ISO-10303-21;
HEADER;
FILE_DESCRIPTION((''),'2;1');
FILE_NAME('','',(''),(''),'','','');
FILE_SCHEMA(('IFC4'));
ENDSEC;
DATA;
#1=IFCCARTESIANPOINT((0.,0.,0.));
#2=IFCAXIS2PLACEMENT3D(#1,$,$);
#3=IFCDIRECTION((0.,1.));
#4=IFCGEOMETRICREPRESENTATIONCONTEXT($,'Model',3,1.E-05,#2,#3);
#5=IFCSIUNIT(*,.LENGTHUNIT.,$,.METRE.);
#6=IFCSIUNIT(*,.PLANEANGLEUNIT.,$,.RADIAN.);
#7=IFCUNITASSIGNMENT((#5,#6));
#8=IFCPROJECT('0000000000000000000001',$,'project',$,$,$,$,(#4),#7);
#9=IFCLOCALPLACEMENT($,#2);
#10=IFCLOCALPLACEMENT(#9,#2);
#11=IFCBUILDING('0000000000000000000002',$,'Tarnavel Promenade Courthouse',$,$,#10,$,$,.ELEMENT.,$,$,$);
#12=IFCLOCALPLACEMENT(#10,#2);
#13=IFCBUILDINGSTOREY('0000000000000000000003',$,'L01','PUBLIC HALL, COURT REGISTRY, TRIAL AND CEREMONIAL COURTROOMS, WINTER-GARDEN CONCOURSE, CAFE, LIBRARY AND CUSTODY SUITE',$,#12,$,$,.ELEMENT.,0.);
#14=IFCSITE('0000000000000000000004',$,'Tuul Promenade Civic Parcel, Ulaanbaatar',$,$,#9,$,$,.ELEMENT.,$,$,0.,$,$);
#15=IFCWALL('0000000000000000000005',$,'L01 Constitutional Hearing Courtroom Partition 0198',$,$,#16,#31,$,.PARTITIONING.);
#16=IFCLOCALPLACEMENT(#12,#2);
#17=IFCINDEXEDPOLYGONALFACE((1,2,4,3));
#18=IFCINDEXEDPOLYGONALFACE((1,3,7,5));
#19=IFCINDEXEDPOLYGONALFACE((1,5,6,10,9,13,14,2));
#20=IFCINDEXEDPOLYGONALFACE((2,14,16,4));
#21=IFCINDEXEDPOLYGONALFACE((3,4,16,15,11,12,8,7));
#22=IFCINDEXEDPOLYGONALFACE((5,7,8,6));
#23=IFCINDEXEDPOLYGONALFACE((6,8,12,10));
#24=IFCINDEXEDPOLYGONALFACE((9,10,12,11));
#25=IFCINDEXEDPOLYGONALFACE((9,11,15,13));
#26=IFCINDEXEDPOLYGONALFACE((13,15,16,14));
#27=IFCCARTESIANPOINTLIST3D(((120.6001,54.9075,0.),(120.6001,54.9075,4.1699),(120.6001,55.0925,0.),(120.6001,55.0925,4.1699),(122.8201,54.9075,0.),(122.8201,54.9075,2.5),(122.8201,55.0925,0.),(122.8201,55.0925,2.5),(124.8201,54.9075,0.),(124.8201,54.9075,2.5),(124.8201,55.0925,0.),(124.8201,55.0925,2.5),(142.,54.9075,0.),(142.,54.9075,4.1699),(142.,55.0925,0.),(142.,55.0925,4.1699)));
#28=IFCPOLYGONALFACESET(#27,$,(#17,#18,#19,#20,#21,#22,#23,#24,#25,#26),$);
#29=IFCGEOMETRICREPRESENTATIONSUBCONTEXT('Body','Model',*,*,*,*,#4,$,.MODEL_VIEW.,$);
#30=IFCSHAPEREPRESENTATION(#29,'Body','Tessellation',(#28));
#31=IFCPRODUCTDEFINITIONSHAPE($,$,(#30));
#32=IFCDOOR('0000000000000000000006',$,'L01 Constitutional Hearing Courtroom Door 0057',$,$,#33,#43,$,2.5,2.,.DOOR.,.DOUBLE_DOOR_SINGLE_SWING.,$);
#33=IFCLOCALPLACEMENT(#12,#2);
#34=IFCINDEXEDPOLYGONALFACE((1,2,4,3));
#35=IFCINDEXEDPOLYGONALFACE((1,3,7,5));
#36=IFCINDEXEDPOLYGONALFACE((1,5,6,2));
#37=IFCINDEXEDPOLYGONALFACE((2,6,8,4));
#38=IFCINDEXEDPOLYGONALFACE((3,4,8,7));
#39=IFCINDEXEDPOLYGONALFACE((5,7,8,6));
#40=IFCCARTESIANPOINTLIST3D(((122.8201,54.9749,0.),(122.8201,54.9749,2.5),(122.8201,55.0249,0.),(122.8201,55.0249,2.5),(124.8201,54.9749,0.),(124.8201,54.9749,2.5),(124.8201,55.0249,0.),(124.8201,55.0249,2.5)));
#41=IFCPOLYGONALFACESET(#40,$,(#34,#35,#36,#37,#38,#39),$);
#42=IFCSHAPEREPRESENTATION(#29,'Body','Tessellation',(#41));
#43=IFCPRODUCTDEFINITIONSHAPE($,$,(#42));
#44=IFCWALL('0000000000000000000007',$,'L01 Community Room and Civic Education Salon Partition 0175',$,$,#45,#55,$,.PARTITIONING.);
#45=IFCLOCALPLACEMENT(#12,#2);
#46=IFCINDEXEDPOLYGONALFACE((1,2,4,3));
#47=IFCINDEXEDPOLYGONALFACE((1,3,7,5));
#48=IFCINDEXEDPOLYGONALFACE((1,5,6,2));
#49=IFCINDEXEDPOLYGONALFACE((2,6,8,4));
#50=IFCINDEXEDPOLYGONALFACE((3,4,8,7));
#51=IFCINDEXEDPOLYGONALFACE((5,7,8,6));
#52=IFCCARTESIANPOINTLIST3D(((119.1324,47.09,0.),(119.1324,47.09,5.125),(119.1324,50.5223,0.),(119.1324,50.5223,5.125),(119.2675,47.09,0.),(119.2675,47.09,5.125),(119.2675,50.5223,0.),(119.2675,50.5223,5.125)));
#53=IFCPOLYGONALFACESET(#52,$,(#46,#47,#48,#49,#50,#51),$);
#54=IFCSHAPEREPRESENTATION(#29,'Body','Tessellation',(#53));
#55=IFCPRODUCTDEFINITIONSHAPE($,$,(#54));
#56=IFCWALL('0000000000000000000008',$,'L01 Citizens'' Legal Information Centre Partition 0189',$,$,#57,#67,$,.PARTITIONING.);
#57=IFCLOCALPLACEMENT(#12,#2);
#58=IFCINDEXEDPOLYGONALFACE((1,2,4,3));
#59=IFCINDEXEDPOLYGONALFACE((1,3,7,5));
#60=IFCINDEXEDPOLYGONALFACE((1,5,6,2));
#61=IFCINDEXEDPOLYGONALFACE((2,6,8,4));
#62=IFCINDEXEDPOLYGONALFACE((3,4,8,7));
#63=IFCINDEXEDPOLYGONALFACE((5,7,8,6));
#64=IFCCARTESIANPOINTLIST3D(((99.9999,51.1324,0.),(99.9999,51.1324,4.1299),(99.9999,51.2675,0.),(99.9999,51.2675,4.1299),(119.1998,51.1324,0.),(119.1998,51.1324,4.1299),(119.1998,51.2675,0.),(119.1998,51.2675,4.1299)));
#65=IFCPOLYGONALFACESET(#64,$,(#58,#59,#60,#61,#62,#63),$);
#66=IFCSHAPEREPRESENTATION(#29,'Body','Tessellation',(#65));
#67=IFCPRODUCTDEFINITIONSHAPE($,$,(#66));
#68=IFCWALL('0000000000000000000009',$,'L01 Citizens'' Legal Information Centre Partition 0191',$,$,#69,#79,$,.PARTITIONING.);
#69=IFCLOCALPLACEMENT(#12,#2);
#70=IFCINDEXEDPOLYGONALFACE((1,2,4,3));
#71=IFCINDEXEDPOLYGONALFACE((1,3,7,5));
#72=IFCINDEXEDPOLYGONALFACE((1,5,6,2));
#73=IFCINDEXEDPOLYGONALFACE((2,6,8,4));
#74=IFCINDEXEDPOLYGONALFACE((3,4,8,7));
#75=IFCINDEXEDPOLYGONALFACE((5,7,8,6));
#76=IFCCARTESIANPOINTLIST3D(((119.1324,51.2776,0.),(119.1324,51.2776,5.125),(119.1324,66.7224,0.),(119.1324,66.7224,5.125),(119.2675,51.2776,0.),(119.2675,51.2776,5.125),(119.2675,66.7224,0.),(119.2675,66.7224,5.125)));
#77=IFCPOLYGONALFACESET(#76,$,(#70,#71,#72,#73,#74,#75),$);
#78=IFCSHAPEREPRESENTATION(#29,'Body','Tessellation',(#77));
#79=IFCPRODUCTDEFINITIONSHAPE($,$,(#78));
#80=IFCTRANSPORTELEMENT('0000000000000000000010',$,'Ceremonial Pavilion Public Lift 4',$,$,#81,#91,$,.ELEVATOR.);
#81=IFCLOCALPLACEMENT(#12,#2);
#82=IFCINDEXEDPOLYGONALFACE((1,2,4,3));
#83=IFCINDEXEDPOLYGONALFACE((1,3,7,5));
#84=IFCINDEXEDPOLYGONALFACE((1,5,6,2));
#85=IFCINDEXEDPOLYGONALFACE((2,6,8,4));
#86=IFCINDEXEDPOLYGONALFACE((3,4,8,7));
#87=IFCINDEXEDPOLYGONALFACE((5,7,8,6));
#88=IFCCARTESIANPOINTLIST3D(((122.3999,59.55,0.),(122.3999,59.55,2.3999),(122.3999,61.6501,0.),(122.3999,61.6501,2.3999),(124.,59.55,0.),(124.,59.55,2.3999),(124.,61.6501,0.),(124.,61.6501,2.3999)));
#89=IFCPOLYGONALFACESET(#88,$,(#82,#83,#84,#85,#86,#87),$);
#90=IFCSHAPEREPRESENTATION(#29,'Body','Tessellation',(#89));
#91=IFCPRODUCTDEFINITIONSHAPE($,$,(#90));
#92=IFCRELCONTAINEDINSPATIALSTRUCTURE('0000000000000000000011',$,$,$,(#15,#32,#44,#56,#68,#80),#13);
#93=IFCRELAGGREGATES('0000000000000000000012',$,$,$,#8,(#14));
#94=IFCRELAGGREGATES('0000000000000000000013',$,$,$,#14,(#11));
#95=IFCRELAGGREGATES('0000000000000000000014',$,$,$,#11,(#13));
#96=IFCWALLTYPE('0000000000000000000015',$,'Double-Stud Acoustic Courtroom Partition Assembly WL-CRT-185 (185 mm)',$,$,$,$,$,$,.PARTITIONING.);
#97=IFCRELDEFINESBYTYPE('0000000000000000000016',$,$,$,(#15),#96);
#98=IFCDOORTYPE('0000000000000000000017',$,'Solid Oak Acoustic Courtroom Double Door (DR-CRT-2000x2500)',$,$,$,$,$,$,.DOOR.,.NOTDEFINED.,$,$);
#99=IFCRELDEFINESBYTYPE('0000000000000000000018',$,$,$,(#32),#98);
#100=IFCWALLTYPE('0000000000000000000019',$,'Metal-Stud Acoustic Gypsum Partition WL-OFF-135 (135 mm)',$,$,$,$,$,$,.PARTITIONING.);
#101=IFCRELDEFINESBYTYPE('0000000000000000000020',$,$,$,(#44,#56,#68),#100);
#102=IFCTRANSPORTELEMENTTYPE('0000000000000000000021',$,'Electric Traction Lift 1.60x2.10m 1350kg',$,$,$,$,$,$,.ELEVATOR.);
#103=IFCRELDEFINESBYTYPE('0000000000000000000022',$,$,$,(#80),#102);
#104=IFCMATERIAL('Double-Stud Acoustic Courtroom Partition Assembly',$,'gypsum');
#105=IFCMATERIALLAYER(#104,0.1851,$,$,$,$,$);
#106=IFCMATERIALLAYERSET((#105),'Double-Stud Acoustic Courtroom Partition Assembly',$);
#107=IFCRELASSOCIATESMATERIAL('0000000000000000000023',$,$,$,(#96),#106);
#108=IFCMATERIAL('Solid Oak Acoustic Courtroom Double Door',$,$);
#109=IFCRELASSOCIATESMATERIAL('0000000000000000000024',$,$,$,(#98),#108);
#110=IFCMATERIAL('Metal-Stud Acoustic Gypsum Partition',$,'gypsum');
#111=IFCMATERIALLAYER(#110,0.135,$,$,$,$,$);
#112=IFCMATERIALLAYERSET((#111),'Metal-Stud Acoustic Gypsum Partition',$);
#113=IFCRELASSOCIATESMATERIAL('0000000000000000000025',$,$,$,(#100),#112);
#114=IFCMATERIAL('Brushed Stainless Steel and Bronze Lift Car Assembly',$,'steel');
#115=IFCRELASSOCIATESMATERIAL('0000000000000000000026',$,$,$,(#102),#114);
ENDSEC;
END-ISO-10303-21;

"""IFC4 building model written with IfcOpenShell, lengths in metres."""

from ifc_helpers import new_model, si_unit, direction, frame, frame_2d, origin, origin_2d, place, context, subcontext, project, spatial, rectangle, extrude, material, layer, layer_set, type_object, element, fill, save


model = new_model("IFC4")

# Units and contexts
model_context = context("Model", 3, precision=1e-05, world=origin(), true_north=direction((0.0, 1.0)))
body_context = subcontext(model_context, "Body", "Model", "MODEL_VIEW")
ifc_project = project(units=[si_unit("LENGTHUNIT", "METRE"), si_unit("PLANEANGLEUNIT", "RADIAN")], contexts=[model_context])

# Site, building, storey
site_placement = place(None, origin())
site = spatial("IfcSite", under=ifc_project, at=site_placement, Name="Tuul Promenade Civic Parcel, Ulaanbaatar", CompositionType="ELEMENT", RefElevation=0.0)
building_placement = place(site_placement, origin())
building = spatial("IfcBuilding", under=site, at=building_placement, Name="Tarnavel Promenade Courthouse", CompositionType="ELEMENT")
storey_placement = place(building_placement, origin())
storey = spatial("IfcBuildingStorey", under=building, at=storey_placement, Name="L01", Description="PUBLIC HALL, COURT REGISTRY, TRIAL AND CEREMONIAL COURTROOMS, WINTER-GARDEN CONCOURSE, CAFE, LIBRARY AND CUSTODY SUITE", CompositionType="ELEMENT", Elevation=0.0)

# Wall, opening, door
ifc_material_1 = material(Name="Double-Stud Acoustic Courtroom Partition Assembly", Category="gypsum")
ifc_layer_1 = layer(ifc_material_1, 0.1851)
ifc_layer_set_1 = layer_set([ifc_layer_1], Name="Double-Stud Acoustic Courtroom Partition Assembly")
wall_type_1 = type_object("IfcWallType", Name="Double-Stud Acoustic Courtroom Partition Assembly WL-CRT-185 (185 mm)", PredefinedType="PARTITIONING", material=ifc_layer_set_1)
wall_1_placement = place(storey_placement, frame((120.6001, 55.0, 0.0), z_axis=(0.0, 0.0, 1.0), x_axis=(1.0, 0.0, 0.0)))
wall_1 = element("IfcWall", 1, at=wall_1_placement, inside=storey, type_object=wall_type_1, Name="L01 Constitutional Hearing Courtroom Partition 0198", PredefinedType="PARTITIONING", context=body_context, shape_type="SweptSolid", body=[
    extrude(rectangle(XDim=21.3999, YDim=0.1851, at=frame_2d((10.7, 0.0))), origin(), (0.0, 0.0, 1.0), 4.1699),
])
opening_placement = place(wall_1_placement, frame((2.22, 0.0, 0.0)))
opening = element("IfcOpeningElement", 2, at=opening_placement, cuts=wall_1, PredefinedType="OPENING", context=body_context, shape_type="SweptSolid", body=[
    extrude(rectangle(XDim=2.0, YDim=2.5, at=frame_2d((1.0, 1.25))), frame((0.0, 0.1025, 0.0), z_axis=(0.0, -1.0, 0.0), x_axis=(1.0, 0.0, 0.0)), (0.0, 0.0, 1.0), 0.2051),
])
ifc_material_2 = material(Name="Solid Oak Acoustic Courtroom Double Door")
door_type = type_object("IfcDoorType", Name="Solid Oak Acoustic Courtroom Double Door (DR-CRT-2000x2500)", OperationType="NOTDEFINED", PredefinedType="DOOR", material=ifc_material_2)
door_placement = place(opening_placement, origin())
door = element("IfcDoor", 3, at=door_placement, inside=storey, type_object=door_type, Name="L01 Constitutional Hearing Courtroom Door 0057", OperationType="DOUBLE_DOOR_SINGLE_SWING", OverallHeight=2.5, OverallWidth=2.0, PredefinedType="DOOR", context=body_context, shape_type="SweptSolid", body=[
    extrude(rectangle(XDim=2.0, YDim=2.5, at=frame_2d((1.0, 1.25))), frame((0.0, 0.0249, 0.0), z_axis=(0.0, -1.0, 0.0), x_axis=(1.0, 0.0, 0.0)), (0.0, 0.0, 1.0), 0.05),
])
fill(opening, door)

# Walls
ifc_material_3 = material(Name="Metal-Stud Acoustic Gypsum Partition", Category="gypsum")
ifc_layer_2 = layer(ifc_material_3, 0.135)
ifc_layer_set_2 = layer_set([ifc_layer_2], Name="Metal-Stud Acoustic Gypsum Partition")
wall_type_2 = type_object("IfcWallType", Name="Metal-Stud Acoustic Gypsum Partition WL-OFF-135 (135 mm)", PredefinedType="PARTITIONING", material=ifc_layer_set_2)
wall_2_placement = place(storey_placement, frame((119.2, 50.5225, 0.0), z_axis=(0.0, 0.0, 1.0), x_axis=(0.0, -1.0, 0.0)))
element("IfcWall", 4, at=wall_2_placement, inside=storey, type_object=wall_type_2, Name="L01 Community Room and Civic Education Salon Partition 0175", PredefinedType="PARTITIONING", context=body_context, shape_type="SweptSolid", body=[
    extrude(rectangle(XDim=3.4324, YDim=0.135, at=frame_2d((1.7163, 0.0))), origin(), (0.0, 0.0, 1.0), 5.125),
])
wall_3_placement = place(storey_placement, frame((119.2, 51.2, 0.0), z_axis=(0.0, 0.0, 1.0), x_axis=(-1.0, 0.0, 0.0)))
element("IfcWall", 5, at=wall_3_placement, inside=storey, type_object=wall_type_2, Name="L01 Citizens' Legal Information Centre Partition 0189", PredefinedType="PARTITIONING", context=body_context, shape_type="SweptSolid", body=[
    extrude(rectangle(XDim=19.2, YDim=0.135, at=frame_2d((9.6001, 0.0))), origin(), (0.0, 0.0, 1.0), 4.1299),
])
wall_4_placement = place(storey_placement, frame((119.2, 66.7224, 0.0), z_axis=(0.0, 0.0, 1.0), x_axis=(0.0, -1.0, 0.0)))
element("IfcWall", 6, at=wall_4_placement, inside=storey, type_object=wall_type_2, Name="L01 Citizens' Legal Information Centre Partition 0191", PredefinedType="PARTITIONING", context=body_context, shape_type="SweptSolid", body=[
    extrude(rectangle(XDim=15.4448, YDim=0.135, at=frame_2d((7.7224, 0.0))), origin(), (0.0, 0.0, 1.0), 5.125),
])

# Transport element
ifc_material_4 = material(Name="Brushed Stainless Steel and Bronze Lift Car Assembly", Category="steel")
transport_element_type = type_object("IfcTransportElementType", Name="Electric Traction Lift 1.60x2.10m 1350kg", PredefinedType="ELEVATOR", material=ifc_material_4)
transport_element_placement = place(storey_placement, frame((123.2, 60.6001, 0.0), z_axis=(0.0, 0.0, 1.0), x_axis=(1.0, 0.0, 0.0)))
element("IfcTransportElement", 7, at=transport_element_placement, inside=storey, type_object=transport_element_type, Name="Ceremonial Pavilion Public Lift 4", PredefinedType="ELEVATOR", context=body_context, shape_type="SweptSolid", body=[
    extrude(rectangle(XDim=1.6001, YDim=2.1001, at=origin_2d()), origin(), (0.0, 0.0, 1.0), 2.3999),
])

save(model, "model.ifc")
